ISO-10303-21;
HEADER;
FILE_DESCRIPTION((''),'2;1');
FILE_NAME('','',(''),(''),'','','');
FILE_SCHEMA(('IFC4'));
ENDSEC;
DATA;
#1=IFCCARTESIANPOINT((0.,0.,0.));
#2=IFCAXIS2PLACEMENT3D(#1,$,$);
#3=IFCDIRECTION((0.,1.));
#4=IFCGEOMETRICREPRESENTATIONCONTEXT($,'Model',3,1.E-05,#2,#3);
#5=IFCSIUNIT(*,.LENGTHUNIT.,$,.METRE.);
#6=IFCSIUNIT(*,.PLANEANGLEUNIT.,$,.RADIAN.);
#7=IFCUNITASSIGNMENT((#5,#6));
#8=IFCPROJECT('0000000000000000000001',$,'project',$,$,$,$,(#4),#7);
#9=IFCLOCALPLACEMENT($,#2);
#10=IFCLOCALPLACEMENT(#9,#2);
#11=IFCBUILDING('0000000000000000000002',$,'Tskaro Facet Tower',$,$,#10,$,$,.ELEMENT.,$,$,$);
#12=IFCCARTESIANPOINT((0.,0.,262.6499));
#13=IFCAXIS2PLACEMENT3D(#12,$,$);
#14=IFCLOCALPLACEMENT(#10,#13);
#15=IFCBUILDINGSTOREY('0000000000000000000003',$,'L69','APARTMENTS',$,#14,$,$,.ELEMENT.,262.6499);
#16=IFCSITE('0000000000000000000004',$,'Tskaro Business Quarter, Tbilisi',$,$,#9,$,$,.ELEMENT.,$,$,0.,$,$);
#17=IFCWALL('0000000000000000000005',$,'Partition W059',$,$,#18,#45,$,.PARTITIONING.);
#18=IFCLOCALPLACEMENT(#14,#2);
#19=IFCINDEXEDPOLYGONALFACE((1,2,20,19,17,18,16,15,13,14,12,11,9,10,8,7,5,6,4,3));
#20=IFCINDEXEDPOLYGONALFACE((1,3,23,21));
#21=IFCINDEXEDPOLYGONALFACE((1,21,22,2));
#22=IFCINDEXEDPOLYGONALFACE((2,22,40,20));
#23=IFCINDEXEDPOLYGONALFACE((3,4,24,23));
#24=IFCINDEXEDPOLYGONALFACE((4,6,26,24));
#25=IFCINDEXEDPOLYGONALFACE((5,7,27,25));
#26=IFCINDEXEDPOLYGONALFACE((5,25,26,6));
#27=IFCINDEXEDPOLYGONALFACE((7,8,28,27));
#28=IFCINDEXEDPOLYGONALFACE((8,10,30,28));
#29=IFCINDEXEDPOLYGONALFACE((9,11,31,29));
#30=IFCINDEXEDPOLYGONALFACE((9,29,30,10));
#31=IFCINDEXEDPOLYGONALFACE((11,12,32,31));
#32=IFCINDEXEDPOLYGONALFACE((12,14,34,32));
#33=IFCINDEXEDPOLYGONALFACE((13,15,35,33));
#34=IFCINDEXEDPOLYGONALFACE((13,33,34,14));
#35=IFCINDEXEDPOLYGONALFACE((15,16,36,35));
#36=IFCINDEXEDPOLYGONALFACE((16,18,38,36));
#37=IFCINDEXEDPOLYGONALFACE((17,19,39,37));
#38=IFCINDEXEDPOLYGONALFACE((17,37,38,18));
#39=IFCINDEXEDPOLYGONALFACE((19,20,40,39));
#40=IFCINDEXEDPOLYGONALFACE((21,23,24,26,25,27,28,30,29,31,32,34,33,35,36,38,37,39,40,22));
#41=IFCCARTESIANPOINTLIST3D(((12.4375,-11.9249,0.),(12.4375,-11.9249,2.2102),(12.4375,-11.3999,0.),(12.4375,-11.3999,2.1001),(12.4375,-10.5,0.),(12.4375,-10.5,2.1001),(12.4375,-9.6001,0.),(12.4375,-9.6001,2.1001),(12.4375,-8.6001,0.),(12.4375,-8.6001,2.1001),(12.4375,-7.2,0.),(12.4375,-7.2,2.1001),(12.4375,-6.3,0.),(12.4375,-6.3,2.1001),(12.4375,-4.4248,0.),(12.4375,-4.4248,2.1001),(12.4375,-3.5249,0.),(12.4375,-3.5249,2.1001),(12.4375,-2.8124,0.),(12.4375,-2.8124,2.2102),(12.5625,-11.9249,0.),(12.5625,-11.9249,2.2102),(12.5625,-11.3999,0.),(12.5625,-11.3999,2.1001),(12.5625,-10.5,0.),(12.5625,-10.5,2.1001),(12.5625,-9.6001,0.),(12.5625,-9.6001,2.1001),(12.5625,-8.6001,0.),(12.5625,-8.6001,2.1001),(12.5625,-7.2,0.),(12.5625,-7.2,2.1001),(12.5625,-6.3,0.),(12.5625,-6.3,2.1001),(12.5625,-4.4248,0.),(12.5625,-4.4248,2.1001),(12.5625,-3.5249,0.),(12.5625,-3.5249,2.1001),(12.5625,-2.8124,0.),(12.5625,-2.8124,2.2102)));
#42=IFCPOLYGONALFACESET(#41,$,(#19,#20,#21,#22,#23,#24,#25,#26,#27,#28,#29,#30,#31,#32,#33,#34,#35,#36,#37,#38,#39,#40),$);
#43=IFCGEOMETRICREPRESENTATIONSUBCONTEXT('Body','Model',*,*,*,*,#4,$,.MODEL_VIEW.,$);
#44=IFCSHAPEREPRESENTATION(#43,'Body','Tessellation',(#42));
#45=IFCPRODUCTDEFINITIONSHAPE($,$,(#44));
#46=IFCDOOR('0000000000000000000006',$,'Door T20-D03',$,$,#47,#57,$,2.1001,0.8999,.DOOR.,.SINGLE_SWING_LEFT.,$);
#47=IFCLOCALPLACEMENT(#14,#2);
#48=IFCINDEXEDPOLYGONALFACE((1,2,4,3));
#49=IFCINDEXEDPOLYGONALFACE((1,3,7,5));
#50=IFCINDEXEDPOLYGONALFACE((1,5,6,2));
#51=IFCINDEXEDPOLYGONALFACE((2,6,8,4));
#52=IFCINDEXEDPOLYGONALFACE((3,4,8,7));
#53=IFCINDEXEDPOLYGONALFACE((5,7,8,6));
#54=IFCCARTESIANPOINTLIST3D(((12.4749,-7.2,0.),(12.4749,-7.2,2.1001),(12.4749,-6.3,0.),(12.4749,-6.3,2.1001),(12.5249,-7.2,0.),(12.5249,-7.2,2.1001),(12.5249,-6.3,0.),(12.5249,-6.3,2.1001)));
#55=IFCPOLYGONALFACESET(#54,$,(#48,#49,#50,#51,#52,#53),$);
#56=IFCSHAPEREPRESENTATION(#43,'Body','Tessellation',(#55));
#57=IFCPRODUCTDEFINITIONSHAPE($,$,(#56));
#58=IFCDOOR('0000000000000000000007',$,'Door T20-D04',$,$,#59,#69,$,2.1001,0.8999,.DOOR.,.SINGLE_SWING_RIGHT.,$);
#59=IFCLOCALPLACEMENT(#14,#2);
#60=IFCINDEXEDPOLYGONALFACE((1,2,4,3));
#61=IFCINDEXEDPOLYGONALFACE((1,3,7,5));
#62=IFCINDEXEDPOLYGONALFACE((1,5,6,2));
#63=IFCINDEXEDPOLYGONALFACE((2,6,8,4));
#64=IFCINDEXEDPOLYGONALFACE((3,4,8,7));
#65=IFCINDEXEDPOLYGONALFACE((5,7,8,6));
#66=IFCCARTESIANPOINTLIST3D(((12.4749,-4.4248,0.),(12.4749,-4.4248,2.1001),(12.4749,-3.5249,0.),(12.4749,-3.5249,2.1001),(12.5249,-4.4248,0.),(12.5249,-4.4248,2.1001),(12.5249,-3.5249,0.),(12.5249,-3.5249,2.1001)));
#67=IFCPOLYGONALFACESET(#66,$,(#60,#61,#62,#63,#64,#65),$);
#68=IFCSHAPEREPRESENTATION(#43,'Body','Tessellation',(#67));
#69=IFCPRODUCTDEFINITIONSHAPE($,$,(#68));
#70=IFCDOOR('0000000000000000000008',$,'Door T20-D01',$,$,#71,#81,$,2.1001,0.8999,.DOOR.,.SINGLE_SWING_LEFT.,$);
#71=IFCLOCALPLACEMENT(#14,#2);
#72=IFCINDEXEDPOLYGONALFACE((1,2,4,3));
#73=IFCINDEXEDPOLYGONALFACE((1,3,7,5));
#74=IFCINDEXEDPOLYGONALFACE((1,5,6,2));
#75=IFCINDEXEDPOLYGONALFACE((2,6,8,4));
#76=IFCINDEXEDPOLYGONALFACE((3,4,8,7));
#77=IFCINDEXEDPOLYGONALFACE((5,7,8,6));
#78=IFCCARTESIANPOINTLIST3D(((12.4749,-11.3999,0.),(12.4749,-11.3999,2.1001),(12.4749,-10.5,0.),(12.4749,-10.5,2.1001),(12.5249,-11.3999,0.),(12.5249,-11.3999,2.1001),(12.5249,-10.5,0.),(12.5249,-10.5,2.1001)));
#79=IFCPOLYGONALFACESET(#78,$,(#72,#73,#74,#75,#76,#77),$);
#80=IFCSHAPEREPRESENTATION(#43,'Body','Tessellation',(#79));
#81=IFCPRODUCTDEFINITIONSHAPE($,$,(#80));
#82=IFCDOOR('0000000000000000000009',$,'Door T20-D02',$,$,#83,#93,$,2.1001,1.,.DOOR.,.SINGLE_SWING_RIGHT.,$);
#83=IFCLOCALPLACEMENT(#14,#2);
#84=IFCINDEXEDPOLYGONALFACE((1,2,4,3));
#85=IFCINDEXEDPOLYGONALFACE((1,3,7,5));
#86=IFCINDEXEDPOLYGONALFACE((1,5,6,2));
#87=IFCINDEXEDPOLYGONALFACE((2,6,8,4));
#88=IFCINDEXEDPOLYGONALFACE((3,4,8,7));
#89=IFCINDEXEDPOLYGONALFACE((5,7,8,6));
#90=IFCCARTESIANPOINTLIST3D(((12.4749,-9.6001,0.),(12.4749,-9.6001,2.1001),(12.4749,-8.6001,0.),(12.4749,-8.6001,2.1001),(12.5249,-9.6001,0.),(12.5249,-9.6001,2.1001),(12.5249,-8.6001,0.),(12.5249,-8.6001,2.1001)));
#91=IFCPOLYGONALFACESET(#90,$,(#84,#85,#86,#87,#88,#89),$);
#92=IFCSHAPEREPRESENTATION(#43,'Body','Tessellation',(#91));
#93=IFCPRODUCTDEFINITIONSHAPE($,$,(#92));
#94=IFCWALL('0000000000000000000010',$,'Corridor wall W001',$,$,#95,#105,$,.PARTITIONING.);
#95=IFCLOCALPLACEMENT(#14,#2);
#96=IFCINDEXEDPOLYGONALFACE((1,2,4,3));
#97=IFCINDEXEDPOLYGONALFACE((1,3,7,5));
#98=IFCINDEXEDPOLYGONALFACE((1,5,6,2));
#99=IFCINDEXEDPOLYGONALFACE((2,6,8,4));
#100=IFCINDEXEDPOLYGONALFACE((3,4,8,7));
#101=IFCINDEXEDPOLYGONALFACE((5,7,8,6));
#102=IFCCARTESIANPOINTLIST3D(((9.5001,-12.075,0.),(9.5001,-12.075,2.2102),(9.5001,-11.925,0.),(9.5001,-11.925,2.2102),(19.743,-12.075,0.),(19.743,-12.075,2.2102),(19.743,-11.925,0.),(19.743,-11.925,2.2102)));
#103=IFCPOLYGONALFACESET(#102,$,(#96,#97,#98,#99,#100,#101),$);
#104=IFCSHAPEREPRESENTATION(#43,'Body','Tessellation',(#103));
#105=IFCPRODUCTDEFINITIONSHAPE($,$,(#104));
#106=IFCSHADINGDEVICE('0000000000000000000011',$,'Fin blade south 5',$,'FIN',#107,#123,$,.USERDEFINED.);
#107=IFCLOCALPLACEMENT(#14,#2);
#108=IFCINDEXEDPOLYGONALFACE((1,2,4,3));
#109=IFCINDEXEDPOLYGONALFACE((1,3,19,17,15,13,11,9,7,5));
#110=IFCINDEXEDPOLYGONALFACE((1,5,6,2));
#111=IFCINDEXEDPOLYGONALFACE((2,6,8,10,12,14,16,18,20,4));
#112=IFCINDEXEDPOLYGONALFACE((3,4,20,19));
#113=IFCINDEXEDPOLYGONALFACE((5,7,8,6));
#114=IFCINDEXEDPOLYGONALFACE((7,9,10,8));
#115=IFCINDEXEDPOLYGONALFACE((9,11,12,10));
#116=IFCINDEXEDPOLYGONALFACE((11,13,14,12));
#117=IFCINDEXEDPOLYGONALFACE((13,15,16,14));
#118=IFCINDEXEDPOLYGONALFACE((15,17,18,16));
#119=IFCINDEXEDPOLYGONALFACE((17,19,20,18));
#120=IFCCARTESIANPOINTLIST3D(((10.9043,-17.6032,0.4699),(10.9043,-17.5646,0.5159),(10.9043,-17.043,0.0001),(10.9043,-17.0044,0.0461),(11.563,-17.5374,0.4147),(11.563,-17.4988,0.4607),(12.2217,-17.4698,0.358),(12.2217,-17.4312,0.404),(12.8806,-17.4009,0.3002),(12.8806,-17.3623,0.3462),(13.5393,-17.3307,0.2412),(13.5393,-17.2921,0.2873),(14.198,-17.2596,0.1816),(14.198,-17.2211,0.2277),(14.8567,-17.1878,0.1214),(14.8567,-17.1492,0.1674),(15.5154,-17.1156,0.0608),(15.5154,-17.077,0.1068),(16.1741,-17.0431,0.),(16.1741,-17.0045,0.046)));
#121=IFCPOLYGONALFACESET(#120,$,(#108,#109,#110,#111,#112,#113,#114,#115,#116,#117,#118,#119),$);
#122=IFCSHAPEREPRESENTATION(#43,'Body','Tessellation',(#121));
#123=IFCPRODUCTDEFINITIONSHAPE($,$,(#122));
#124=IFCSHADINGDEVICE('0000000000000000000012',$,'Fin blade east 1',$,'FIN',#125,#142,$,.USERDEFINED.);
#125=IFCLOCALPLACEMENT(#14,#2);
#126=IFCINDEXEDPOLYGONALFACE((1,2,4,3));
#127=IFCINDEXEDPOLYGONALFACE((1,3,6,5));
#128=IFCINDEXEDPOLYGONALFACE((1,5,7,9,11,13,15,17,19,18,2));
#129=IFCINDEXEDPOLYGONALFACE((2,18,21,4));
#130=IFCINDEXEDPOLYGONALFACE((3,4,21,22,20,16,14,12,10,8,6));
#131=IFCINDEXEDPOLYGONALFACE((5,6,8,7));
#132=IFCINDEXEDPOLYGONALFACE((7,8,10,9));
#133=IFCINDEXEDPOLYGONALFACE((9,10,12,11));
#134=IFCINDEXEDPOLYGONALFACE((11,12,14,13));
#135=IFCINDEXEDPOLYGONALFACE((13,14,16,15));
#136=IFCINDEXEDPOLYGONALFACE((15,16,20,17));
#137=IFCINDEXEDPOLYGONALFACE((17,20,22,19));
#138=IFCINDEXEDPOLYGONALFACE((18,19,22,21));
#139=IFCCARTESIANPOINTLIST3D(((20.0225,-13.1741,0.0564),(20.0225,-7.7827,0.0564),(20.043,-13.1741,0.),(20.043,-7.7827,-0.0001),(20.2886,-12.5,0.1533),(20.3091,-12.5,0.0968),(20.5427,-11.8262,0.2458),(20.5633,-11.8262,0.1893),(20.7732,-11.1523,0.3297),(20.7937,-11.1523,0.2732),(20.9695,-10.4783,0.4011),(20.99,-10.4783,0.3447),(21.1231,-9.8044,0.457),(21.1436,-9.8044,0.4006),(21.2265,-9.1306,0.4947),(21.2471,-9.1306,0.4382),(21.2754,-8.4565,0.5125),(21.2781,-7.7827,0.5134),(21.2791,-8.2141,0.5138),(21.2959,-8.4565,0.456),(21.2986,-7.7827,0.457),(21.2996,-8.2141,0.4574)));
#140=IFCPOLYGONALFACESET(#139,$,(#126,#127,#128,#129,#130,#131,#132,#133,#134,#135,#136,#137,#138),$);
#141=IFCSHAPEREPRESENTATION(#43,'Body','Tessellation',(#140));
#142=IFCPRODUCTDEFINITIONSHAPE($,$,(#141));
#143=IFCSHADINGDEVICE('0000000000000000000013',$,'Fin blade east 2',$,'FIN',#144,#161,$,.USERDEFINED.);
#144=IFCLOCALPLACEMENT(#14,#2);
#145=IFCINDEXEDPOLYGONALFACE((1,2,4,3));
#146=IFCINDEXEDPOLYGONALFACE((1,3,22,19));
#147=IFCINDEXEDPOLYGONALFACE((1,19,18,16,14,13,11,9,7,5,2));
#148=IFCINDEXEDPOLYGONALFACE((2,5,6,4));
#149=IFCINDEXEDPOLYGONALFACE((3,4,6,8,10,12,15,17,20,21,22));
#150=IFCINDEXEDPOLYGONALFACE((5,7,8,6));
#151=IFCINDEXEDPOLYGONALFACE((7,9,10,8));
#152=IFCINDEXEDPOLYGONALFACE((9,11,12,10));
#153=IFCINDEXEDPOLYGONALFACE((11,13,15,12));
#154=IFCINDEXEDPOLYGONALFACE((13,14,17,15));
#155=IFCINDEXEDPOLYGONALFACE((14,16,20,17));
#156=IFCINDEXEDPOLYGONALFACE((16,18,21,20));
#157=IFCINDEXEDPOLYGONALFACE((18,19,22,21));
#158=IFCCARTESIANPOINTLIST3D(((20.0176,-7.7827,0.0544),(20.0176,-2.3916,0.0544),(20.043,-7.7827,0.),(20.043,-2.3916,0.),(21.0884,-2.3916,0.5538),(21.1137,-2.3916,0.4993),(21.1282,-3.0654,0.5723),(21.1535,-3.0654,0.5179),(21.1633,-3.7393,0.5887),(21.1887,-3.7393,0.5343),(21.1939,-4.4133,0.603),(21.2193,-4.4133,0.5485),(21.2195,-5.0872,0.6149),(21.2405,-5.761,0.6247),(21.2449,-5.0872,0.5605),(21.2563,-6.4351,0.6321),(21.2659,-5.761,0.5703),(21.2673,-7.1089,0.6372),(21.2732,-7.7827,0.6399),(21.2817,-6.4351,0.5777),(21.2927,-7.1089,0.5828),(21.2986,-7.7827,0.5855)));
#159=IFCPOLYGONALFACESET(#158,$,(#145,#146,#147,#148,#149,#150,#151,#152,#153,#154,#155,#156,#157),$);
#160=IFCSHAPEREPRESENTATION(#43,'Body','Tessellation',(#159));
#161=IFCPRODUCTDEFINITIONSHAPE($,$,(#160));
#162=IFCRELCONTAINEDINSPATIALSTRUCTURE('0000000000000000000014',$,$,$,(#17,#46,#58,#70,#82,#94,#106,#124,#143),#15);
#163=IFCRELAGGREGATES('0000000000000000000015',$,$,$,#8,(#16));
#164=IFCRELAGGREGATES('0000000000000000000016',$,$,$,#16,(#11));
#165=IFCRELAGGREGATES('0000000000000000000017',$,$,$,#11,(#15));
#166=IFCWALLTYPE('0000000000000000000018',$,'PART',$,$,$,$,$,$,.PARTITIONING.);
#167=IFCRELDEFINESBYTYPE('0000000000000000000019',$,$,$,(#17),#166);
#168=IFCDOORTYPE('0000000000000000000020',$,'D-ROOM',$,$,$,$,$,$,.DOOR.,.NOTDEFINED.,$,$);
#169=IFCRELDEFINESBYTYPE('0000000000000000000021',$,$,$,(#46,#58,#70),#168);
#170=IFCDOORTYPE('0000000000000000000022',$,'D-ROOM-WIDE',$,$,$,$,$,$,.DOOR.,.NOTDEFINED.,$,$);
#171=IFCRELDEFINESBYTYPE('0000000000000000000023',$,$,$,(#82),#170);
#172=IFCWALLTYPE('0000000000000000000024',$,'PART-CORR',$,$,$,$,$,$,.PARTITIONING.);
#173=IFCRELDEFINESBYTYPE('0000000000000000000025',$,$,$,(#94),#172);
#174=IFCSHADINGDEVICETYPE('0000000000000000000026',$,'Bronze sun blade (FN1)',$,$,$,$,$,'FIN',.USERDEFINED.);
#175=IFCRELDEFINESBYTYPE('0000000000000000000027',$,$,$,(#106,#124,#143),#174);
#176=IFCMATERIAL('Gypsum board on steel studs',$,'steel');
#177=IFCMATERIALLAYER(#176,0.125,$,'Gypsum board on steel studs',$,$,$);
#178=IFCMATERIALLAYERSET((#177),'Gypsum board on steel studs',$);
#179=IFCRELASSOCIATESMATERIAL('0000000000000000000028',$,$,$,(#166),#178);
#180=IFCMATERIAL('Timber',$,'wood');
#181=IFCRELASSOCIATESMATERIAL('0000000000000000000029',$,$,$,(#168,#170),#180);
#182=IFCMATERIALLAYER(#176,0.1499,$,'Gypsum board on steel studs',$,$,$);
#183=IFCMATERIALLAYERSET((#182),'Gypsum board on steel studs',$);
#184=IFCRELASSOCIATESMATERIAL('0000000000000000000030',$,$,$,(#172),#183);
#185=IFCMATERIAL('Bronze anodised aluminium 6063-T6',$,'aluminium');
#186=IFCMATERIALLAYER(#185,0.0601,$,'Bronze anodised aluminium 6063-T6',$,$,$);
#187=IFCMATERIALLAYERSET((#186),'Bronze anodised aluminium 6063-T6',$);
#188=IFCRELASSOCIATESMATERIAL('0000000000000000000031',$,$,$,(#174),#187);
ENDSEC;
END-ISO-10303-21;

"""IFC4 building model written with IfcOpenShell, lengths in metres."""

from ifc_helpers import new_model, si_unit, direction, frame, frame_2d, origin, place, context, subcontext, project, spatial, polyline, rectangle, outline, extrude, material, layer, layer_set, type_object, element, fill, save


model = new_model("IFC4")

# Units and contexts
model_context = context("Model", 3, precision=1e-05, world=origin(), true_north=direction((0.0, 1.0)))
body_context = subcontext(model_context, "Body", "Model", "MODEL_VIEW")
ifc_project = project(units=[si_unit("LENGTHUNIT", "METRE"), si_unit("PLANEANGLEUNIT", "RADIAN")], contexts=[model_context])

# Site, building, storey
site_placement = place(None, origin())
site = spatial("IfcSite", under=ifc_project, at=site_placement, Name="Tskaro Business Quarter, Tbilisi", CompositionType="ELEMENT", RefElevation=0.0)
building_placement = place(site_placement, origin())
building = spatial("IfcBuilding", under=site, at=building_placement, Name="Tskaro Facet Tower", CompositionType="ELEMENT")
storey_placement = place(building_placement, frame((0.0, 0.0, 262.6499)))
storey = spatial("IfcBuildingStorey", under=building, at=storey_placement, Name="L69", Description="APARTMENTS", CompositionType="ELEMENT", Elevation=262.6499)

# Shared definitions
ifc_material_1 = material(Name="Bronze anodised aluminium 6063-T6", Category="aluminium")

# Shared definitions
ifc_material_2 = material(Name="Gypsum board on steel studs", Category="steel")
ifc_layer_1 = layer(ifc_material_2, 0.125, Name="Gypsum board on steel studs")
ifc_layer_set_1 = layer_set([ifc_layer_1], Name="Gypsum board on steel studs")
wall_type_1 = type_object("IfcWallType", Name="PART", PredefinedType="PARTITIONING", material=ifc_layer_set_1)

# Wall, openings, doors
wall_1_placement = place(storey_placement, frame((12.5, -2.8125, 0.0), z_axis=(0.0, 0.0, 1.0), x_axis=(0.0, -1.0, 0.0)))
wall_1 = element("IfcWall", 1, at=wall_1_placement, inside=storey, type_object=wall_type_1, Name="Partition W059", PredefinedType="PARTITIONING", context=body_context, shape_type="SweptSolid", body=[
    extrude(rectangle(XDim=9.1125, YDim=0.125, at=frame_2d((4.5562, 0.0))), origin(), (0.0, 0.0, 1.0), 2.2102),
])
opening_1_placement = place(wall_1_placement, frame((3.4875, 0.0, 0.0)))
opening_1 = element("IfcOpeningElement", 2, at=opening_1_placement, cuts=wall_1, PredefinedType="OPENING", context=body_context, shape_type="SweptSolid", body=[
    extrude(rectangle(XDim=0.8999, YDim=2.1001, at=frame_2d((0.45, 1.05))), frame((0.0, 0.0725, 0.0), z_axis=(0.0, -1.0, 0.0), x_axis=(1.0, 0.0, 0.0)), (0.0, 0.0, 1.0), 0.145),
])
opening_2_placement = place(wall_1_placement, frame((0.7124, 0.0, 0.0)))
opening_2 = element("IfcOpeningElement", 3, at=opening_2_placement, cuts=wall_1, PredefinedType="OPENING", context=body_context, shape_type="SweptSolid", body=[
    extrude(rectangle(XDim=0.8999, YDim=2.1001, at=frame_2d((0.45, 1.05))), frame((0.0, 0.0725, 0.0), z_axis=(0.0, -1.0, 0.0), x_axis=(1.0, 0.0, 0.0)), (0.0, 0.0, 1.0), 0.145),
])
opening_3_placement = place(wall_1_placement, frame((5.7876, 0.0, 0.0)))
opening_3 = element("IfcOpeningElement", 4, at=opening_3_placement, cuts=wall_1, PredefinedType="OPENING", context=body_context, shape_type="SweptSolid", body=[
    extrude(rectangle(XDim=1.0, YDim=2.1001, at=frame_2d((0.5, 1.05))), frame((0.0, 0.0725, 0.0), z_axis=(0.0, -1.0, 0.0), x_axis=(1.0, 0.0, 0.0)), (0.0, 0.0, 1.0), 0.145),
])
opening_4_placement = place(wall_1_placement, frame((7.6875, 0.0, 0.0)))
opening_4 = element("IfcOpeningElement", 5, at=opening_4_placement, cuts=wall_1, PredefinedType="OPENING", context=body_context, shape_type="SweptSolid", body=[
    extrude(rectangle(XDim=0.8999, YDim=2.1001, at=frame_2d((0.45, 1.05))), frame((0.0, 0.0725, 0.0), z_axis=(0.0, -1.0, 0.0), x_axis=(1.0, 0.0, 0.0)), (0.0, 0.0, 1.0), 0.145),
])
ifc_material_3 = material(Name="Timber", Category="wood")
door_type_1 = type_object("IfcDoorType", Name="D-ROOM", OperationType="NOTDEFINED", PredefinedType="DOOR", material=ifc_material_3)
door_1_placement = place(opening_1_placement, origin())
door_1 = element("IfcDoor", 6, at=door_1_placement, inside=storey, type_object=door_type_1, Name="Door T20-D03", OperationType="SINGLE_SWING_LEFT", OverallHeight=2.1001, OverallWidth=0.8999, PredefinedType="DOOR", context=body_context, shape_type="SweptSolid", body=[
    extrude(rectangle(XDim=0.8999, YDim=2.1001, at=frame_2d((0.45, 1.05))), frame((0.0, 0.0249, 0.0), z_axis=(0.0, -1.0, 0.0), x_axis=(1.0, 0.0, 0.0)), (0.0, 0.0, 1.0), 0.05),
])
fill(opening_1, door_1)
door_2_placement = place(opening_2_placement, origin())
door_2 = element("IfcDoor", 7, at=door_2_placement, inside=storey, type_object=door_type_1, Name="Door T20-D04", OperationType="SINGLE_SWING_RIGHT", OverallHeight=2.1001, OverallWidth=0.8999, PredefinedType="DOOR", context=body_context, shape_type="SweptSolid", body=[
    extrude(rectangle(XDim=0.8999, YDim=2.1001, at=frame_2d((0.45, 1.05))), frame((0.0, 0.0249, 0.0), z_axis=(0.0, -1.0, 0.0), x_axis=(1.0, 0.0, 0.0)), (0.0, 0.0, 1.0), 0.05),
])
fill(opening_2, door_2)
door_3_placement = place(opening_4_placement, origin())
door_3 = element("IfcDoor", 8, at=door_3_placement, inside=storey, type_object=door_type_1, Name="Door T20-D01", OperationType="SINGLE_SWING_LEFT", OverallHeight=2.1001, OverallWidth=0.8999, PredefinedType="DOOR", context=body_context, shape_type="SweptSolid", body=[
    extrude(rectangle(XDim=0.8999, YDim=2.1001, at=frame_2d((0.45, 1.05))), frame((0.0, 0.0249, 0.0), z_axis=(0.0, -1.0, 0.0), x_axis=(1.0, 0.0, 0.0)), (0.0, 0.0, 1.0), 0.05),
])
fill(opening_4, door_3)
door_type_2 = type_object("IfcDoorType", Name="D-ROOM-WIDE", OperationType="NOTDEFINED", PredefinedType="DOOR", material=ifc_material_3)
door_4_placement = place(opening_3_placement, origin())
door_4 = element("IfcDoor", 9, at=door_4_placement, inside=storey, type_object=door_type_2, Name="Door T20-D02", OperationType="SINGLE_SWING_RIGHT", OverallHeight=2.1001, OverallWidth=1.0, PredefinedType="DOOR", context=body_context, shape_type="SweptSolid", body=[
    extrude(rectangle(XDim=1.0, YDim=2.1001, at=frame_2d((0.5, 1.05))), frame((0.0, 0.0249, 0.0), z_axis=(0.0, -1.0, 0.0), x_axis=(1.0, 0.0, 0.0)), (0.0, 0.0, 1.0), 0.05),
])
fill(opening_3, door_4)

# Wall
ifc_layer_2 = layer(ifc_material_2, 0.1499, Name="Gypsum board on steel studs")
ifc_layer_set_2 = layer_set([ifc_layer_2], Name="Gypsum board on steel studs")
wall_type_2 = type_object("IfcWallType", Name="PART-CORR", PredefinedType="PARTITIONING", material=ifc_layer_set_2)
wall_2_placement = place(storey_placement, frame((9.5, -12.0, 0.0), z_axis=(0.0, 0.0, 1.0), x_axis=(1.0, 0.0, 0.0)))
element("IfcWall", 10, at=wall_2_placement, inside=storey, type_object=wall_type_2, Name="Corridor wall W001", PredefinedType="PARTITIONING", context=body_context, shape_type="SweptSolid", body=[
    extrude(rectangle(XDim=10.2429, YDim=0.1499, at=frame_2d((5.1216, 0.0))), origin(), (0.0, 0.0, 1.0), 2.2102),
])

# Shading devices
ifc_layer_3 = layer(ifc_material_1, 0.0601, Name="Bronze anodised aluminium 6063-T6")
ifc_layer_set_3 = layer_set([ifc_layer_3], Name="Bronze anodised aluminium 6063-T6")
shading_device_type = type_object("IfcShadingDeviceType", Name="Bronze sun blade (FN1)", ElementType="FIN", PredefinedType="USERDEFINED", material=ifc_layer_set_3)
shading_device_1_placement = place(storey_placement, frame((10.9043, -17.0044, 0.0461), z_axis=(0.000043, 0.64257, 0.766227), x_axis=(1.0, -0.000027, -0.000033)))
element("IfcShadingDevice", 11, at=shading_device_1_placement, inside=storey, type_object=shading_device_type, Name="Fin blade south 5", ObjectType="FIN", PredefinedType="USERDEFINED", context=body_context, shape_type="SweptSolid", body=[
    extrude(outline(polyline([(0.0, 0.0), (5.2698, 0.0), (4.6111, -0.0946), (3.9524, -0.1889), (3.2937, -0.2826), (2.635, -0.3754), (1.9763, -0.467), (1.3174, -0.557), (0.6587, -0.6452), (0.0, -0.7311), (0.0, 0.0)])), origin(), (0.0, 0.0, -1.0), 0.0601),
])
shading_device_2_placement = place(storey_placement, frame((20.0225, -13.1741, 0.0564), z_axis=(-0.342055, 0.000005, 0.93968), x_axis=(0.000002, 1.0, -0.000005)))
element("IfcShadingDevice", 12, at=shading_device_2_placement, inside=storey, type_object=shading_device_type, Name="Fin blade east 1", ObjectType="FIN", PredefinedType="USERDEFINED", context=body_context, shape_type="SweptSolid", body=[
    extrude(outline(polyline([(0.0, 0.0), (5.3914, 0.0), (5.3914, -1.3362), (4.96, -1.3373), (4.7175, -1.3333), (4.0435, -1.2814), (3.3696, -1.1712), (2.6958, -1.0078), (2.0217, -0.7989), (1.3479, -0.5537), (0.6741, -0.2832), (0.0, 0.0)])), origin(), (0.0, 0.0, -1.0), 0.0601),
])
shading_device_3_placement = place(storey_placement, frame((20.0176, -7.7827, 0.0544), z_axis=(-0.422619, 0.0, 0.906307), x_axis=(0.0, 1.0, 0.0)))
element("IfcShadingDevice", 13, at=shading_device_3_placement, inside=storey, type_object=shading_device_type, Name="Fin blade east 2", ObjectType="FIN", PredefinedType="USERDEFINED", context=body_context, shape_type="SweptSolid", body=[
    extrude(outline(polyline([(0.0, 0.0), (5.3911, 0.0), (5.3911, -1.1815), (4.7173, -1.2254), (4.0435, -1.2642), (3.3694, -1.2979), (2.6956, -1.3262), (2.0217, -1.3493), (1.3477, -1.3668), (0.6738, -1.379), (0.0, -1.3854), (0.0, 0.0)])), origin(), (0.0, 0.0, -1.0), 0.0601),
])

save(model, "model.ifc")
